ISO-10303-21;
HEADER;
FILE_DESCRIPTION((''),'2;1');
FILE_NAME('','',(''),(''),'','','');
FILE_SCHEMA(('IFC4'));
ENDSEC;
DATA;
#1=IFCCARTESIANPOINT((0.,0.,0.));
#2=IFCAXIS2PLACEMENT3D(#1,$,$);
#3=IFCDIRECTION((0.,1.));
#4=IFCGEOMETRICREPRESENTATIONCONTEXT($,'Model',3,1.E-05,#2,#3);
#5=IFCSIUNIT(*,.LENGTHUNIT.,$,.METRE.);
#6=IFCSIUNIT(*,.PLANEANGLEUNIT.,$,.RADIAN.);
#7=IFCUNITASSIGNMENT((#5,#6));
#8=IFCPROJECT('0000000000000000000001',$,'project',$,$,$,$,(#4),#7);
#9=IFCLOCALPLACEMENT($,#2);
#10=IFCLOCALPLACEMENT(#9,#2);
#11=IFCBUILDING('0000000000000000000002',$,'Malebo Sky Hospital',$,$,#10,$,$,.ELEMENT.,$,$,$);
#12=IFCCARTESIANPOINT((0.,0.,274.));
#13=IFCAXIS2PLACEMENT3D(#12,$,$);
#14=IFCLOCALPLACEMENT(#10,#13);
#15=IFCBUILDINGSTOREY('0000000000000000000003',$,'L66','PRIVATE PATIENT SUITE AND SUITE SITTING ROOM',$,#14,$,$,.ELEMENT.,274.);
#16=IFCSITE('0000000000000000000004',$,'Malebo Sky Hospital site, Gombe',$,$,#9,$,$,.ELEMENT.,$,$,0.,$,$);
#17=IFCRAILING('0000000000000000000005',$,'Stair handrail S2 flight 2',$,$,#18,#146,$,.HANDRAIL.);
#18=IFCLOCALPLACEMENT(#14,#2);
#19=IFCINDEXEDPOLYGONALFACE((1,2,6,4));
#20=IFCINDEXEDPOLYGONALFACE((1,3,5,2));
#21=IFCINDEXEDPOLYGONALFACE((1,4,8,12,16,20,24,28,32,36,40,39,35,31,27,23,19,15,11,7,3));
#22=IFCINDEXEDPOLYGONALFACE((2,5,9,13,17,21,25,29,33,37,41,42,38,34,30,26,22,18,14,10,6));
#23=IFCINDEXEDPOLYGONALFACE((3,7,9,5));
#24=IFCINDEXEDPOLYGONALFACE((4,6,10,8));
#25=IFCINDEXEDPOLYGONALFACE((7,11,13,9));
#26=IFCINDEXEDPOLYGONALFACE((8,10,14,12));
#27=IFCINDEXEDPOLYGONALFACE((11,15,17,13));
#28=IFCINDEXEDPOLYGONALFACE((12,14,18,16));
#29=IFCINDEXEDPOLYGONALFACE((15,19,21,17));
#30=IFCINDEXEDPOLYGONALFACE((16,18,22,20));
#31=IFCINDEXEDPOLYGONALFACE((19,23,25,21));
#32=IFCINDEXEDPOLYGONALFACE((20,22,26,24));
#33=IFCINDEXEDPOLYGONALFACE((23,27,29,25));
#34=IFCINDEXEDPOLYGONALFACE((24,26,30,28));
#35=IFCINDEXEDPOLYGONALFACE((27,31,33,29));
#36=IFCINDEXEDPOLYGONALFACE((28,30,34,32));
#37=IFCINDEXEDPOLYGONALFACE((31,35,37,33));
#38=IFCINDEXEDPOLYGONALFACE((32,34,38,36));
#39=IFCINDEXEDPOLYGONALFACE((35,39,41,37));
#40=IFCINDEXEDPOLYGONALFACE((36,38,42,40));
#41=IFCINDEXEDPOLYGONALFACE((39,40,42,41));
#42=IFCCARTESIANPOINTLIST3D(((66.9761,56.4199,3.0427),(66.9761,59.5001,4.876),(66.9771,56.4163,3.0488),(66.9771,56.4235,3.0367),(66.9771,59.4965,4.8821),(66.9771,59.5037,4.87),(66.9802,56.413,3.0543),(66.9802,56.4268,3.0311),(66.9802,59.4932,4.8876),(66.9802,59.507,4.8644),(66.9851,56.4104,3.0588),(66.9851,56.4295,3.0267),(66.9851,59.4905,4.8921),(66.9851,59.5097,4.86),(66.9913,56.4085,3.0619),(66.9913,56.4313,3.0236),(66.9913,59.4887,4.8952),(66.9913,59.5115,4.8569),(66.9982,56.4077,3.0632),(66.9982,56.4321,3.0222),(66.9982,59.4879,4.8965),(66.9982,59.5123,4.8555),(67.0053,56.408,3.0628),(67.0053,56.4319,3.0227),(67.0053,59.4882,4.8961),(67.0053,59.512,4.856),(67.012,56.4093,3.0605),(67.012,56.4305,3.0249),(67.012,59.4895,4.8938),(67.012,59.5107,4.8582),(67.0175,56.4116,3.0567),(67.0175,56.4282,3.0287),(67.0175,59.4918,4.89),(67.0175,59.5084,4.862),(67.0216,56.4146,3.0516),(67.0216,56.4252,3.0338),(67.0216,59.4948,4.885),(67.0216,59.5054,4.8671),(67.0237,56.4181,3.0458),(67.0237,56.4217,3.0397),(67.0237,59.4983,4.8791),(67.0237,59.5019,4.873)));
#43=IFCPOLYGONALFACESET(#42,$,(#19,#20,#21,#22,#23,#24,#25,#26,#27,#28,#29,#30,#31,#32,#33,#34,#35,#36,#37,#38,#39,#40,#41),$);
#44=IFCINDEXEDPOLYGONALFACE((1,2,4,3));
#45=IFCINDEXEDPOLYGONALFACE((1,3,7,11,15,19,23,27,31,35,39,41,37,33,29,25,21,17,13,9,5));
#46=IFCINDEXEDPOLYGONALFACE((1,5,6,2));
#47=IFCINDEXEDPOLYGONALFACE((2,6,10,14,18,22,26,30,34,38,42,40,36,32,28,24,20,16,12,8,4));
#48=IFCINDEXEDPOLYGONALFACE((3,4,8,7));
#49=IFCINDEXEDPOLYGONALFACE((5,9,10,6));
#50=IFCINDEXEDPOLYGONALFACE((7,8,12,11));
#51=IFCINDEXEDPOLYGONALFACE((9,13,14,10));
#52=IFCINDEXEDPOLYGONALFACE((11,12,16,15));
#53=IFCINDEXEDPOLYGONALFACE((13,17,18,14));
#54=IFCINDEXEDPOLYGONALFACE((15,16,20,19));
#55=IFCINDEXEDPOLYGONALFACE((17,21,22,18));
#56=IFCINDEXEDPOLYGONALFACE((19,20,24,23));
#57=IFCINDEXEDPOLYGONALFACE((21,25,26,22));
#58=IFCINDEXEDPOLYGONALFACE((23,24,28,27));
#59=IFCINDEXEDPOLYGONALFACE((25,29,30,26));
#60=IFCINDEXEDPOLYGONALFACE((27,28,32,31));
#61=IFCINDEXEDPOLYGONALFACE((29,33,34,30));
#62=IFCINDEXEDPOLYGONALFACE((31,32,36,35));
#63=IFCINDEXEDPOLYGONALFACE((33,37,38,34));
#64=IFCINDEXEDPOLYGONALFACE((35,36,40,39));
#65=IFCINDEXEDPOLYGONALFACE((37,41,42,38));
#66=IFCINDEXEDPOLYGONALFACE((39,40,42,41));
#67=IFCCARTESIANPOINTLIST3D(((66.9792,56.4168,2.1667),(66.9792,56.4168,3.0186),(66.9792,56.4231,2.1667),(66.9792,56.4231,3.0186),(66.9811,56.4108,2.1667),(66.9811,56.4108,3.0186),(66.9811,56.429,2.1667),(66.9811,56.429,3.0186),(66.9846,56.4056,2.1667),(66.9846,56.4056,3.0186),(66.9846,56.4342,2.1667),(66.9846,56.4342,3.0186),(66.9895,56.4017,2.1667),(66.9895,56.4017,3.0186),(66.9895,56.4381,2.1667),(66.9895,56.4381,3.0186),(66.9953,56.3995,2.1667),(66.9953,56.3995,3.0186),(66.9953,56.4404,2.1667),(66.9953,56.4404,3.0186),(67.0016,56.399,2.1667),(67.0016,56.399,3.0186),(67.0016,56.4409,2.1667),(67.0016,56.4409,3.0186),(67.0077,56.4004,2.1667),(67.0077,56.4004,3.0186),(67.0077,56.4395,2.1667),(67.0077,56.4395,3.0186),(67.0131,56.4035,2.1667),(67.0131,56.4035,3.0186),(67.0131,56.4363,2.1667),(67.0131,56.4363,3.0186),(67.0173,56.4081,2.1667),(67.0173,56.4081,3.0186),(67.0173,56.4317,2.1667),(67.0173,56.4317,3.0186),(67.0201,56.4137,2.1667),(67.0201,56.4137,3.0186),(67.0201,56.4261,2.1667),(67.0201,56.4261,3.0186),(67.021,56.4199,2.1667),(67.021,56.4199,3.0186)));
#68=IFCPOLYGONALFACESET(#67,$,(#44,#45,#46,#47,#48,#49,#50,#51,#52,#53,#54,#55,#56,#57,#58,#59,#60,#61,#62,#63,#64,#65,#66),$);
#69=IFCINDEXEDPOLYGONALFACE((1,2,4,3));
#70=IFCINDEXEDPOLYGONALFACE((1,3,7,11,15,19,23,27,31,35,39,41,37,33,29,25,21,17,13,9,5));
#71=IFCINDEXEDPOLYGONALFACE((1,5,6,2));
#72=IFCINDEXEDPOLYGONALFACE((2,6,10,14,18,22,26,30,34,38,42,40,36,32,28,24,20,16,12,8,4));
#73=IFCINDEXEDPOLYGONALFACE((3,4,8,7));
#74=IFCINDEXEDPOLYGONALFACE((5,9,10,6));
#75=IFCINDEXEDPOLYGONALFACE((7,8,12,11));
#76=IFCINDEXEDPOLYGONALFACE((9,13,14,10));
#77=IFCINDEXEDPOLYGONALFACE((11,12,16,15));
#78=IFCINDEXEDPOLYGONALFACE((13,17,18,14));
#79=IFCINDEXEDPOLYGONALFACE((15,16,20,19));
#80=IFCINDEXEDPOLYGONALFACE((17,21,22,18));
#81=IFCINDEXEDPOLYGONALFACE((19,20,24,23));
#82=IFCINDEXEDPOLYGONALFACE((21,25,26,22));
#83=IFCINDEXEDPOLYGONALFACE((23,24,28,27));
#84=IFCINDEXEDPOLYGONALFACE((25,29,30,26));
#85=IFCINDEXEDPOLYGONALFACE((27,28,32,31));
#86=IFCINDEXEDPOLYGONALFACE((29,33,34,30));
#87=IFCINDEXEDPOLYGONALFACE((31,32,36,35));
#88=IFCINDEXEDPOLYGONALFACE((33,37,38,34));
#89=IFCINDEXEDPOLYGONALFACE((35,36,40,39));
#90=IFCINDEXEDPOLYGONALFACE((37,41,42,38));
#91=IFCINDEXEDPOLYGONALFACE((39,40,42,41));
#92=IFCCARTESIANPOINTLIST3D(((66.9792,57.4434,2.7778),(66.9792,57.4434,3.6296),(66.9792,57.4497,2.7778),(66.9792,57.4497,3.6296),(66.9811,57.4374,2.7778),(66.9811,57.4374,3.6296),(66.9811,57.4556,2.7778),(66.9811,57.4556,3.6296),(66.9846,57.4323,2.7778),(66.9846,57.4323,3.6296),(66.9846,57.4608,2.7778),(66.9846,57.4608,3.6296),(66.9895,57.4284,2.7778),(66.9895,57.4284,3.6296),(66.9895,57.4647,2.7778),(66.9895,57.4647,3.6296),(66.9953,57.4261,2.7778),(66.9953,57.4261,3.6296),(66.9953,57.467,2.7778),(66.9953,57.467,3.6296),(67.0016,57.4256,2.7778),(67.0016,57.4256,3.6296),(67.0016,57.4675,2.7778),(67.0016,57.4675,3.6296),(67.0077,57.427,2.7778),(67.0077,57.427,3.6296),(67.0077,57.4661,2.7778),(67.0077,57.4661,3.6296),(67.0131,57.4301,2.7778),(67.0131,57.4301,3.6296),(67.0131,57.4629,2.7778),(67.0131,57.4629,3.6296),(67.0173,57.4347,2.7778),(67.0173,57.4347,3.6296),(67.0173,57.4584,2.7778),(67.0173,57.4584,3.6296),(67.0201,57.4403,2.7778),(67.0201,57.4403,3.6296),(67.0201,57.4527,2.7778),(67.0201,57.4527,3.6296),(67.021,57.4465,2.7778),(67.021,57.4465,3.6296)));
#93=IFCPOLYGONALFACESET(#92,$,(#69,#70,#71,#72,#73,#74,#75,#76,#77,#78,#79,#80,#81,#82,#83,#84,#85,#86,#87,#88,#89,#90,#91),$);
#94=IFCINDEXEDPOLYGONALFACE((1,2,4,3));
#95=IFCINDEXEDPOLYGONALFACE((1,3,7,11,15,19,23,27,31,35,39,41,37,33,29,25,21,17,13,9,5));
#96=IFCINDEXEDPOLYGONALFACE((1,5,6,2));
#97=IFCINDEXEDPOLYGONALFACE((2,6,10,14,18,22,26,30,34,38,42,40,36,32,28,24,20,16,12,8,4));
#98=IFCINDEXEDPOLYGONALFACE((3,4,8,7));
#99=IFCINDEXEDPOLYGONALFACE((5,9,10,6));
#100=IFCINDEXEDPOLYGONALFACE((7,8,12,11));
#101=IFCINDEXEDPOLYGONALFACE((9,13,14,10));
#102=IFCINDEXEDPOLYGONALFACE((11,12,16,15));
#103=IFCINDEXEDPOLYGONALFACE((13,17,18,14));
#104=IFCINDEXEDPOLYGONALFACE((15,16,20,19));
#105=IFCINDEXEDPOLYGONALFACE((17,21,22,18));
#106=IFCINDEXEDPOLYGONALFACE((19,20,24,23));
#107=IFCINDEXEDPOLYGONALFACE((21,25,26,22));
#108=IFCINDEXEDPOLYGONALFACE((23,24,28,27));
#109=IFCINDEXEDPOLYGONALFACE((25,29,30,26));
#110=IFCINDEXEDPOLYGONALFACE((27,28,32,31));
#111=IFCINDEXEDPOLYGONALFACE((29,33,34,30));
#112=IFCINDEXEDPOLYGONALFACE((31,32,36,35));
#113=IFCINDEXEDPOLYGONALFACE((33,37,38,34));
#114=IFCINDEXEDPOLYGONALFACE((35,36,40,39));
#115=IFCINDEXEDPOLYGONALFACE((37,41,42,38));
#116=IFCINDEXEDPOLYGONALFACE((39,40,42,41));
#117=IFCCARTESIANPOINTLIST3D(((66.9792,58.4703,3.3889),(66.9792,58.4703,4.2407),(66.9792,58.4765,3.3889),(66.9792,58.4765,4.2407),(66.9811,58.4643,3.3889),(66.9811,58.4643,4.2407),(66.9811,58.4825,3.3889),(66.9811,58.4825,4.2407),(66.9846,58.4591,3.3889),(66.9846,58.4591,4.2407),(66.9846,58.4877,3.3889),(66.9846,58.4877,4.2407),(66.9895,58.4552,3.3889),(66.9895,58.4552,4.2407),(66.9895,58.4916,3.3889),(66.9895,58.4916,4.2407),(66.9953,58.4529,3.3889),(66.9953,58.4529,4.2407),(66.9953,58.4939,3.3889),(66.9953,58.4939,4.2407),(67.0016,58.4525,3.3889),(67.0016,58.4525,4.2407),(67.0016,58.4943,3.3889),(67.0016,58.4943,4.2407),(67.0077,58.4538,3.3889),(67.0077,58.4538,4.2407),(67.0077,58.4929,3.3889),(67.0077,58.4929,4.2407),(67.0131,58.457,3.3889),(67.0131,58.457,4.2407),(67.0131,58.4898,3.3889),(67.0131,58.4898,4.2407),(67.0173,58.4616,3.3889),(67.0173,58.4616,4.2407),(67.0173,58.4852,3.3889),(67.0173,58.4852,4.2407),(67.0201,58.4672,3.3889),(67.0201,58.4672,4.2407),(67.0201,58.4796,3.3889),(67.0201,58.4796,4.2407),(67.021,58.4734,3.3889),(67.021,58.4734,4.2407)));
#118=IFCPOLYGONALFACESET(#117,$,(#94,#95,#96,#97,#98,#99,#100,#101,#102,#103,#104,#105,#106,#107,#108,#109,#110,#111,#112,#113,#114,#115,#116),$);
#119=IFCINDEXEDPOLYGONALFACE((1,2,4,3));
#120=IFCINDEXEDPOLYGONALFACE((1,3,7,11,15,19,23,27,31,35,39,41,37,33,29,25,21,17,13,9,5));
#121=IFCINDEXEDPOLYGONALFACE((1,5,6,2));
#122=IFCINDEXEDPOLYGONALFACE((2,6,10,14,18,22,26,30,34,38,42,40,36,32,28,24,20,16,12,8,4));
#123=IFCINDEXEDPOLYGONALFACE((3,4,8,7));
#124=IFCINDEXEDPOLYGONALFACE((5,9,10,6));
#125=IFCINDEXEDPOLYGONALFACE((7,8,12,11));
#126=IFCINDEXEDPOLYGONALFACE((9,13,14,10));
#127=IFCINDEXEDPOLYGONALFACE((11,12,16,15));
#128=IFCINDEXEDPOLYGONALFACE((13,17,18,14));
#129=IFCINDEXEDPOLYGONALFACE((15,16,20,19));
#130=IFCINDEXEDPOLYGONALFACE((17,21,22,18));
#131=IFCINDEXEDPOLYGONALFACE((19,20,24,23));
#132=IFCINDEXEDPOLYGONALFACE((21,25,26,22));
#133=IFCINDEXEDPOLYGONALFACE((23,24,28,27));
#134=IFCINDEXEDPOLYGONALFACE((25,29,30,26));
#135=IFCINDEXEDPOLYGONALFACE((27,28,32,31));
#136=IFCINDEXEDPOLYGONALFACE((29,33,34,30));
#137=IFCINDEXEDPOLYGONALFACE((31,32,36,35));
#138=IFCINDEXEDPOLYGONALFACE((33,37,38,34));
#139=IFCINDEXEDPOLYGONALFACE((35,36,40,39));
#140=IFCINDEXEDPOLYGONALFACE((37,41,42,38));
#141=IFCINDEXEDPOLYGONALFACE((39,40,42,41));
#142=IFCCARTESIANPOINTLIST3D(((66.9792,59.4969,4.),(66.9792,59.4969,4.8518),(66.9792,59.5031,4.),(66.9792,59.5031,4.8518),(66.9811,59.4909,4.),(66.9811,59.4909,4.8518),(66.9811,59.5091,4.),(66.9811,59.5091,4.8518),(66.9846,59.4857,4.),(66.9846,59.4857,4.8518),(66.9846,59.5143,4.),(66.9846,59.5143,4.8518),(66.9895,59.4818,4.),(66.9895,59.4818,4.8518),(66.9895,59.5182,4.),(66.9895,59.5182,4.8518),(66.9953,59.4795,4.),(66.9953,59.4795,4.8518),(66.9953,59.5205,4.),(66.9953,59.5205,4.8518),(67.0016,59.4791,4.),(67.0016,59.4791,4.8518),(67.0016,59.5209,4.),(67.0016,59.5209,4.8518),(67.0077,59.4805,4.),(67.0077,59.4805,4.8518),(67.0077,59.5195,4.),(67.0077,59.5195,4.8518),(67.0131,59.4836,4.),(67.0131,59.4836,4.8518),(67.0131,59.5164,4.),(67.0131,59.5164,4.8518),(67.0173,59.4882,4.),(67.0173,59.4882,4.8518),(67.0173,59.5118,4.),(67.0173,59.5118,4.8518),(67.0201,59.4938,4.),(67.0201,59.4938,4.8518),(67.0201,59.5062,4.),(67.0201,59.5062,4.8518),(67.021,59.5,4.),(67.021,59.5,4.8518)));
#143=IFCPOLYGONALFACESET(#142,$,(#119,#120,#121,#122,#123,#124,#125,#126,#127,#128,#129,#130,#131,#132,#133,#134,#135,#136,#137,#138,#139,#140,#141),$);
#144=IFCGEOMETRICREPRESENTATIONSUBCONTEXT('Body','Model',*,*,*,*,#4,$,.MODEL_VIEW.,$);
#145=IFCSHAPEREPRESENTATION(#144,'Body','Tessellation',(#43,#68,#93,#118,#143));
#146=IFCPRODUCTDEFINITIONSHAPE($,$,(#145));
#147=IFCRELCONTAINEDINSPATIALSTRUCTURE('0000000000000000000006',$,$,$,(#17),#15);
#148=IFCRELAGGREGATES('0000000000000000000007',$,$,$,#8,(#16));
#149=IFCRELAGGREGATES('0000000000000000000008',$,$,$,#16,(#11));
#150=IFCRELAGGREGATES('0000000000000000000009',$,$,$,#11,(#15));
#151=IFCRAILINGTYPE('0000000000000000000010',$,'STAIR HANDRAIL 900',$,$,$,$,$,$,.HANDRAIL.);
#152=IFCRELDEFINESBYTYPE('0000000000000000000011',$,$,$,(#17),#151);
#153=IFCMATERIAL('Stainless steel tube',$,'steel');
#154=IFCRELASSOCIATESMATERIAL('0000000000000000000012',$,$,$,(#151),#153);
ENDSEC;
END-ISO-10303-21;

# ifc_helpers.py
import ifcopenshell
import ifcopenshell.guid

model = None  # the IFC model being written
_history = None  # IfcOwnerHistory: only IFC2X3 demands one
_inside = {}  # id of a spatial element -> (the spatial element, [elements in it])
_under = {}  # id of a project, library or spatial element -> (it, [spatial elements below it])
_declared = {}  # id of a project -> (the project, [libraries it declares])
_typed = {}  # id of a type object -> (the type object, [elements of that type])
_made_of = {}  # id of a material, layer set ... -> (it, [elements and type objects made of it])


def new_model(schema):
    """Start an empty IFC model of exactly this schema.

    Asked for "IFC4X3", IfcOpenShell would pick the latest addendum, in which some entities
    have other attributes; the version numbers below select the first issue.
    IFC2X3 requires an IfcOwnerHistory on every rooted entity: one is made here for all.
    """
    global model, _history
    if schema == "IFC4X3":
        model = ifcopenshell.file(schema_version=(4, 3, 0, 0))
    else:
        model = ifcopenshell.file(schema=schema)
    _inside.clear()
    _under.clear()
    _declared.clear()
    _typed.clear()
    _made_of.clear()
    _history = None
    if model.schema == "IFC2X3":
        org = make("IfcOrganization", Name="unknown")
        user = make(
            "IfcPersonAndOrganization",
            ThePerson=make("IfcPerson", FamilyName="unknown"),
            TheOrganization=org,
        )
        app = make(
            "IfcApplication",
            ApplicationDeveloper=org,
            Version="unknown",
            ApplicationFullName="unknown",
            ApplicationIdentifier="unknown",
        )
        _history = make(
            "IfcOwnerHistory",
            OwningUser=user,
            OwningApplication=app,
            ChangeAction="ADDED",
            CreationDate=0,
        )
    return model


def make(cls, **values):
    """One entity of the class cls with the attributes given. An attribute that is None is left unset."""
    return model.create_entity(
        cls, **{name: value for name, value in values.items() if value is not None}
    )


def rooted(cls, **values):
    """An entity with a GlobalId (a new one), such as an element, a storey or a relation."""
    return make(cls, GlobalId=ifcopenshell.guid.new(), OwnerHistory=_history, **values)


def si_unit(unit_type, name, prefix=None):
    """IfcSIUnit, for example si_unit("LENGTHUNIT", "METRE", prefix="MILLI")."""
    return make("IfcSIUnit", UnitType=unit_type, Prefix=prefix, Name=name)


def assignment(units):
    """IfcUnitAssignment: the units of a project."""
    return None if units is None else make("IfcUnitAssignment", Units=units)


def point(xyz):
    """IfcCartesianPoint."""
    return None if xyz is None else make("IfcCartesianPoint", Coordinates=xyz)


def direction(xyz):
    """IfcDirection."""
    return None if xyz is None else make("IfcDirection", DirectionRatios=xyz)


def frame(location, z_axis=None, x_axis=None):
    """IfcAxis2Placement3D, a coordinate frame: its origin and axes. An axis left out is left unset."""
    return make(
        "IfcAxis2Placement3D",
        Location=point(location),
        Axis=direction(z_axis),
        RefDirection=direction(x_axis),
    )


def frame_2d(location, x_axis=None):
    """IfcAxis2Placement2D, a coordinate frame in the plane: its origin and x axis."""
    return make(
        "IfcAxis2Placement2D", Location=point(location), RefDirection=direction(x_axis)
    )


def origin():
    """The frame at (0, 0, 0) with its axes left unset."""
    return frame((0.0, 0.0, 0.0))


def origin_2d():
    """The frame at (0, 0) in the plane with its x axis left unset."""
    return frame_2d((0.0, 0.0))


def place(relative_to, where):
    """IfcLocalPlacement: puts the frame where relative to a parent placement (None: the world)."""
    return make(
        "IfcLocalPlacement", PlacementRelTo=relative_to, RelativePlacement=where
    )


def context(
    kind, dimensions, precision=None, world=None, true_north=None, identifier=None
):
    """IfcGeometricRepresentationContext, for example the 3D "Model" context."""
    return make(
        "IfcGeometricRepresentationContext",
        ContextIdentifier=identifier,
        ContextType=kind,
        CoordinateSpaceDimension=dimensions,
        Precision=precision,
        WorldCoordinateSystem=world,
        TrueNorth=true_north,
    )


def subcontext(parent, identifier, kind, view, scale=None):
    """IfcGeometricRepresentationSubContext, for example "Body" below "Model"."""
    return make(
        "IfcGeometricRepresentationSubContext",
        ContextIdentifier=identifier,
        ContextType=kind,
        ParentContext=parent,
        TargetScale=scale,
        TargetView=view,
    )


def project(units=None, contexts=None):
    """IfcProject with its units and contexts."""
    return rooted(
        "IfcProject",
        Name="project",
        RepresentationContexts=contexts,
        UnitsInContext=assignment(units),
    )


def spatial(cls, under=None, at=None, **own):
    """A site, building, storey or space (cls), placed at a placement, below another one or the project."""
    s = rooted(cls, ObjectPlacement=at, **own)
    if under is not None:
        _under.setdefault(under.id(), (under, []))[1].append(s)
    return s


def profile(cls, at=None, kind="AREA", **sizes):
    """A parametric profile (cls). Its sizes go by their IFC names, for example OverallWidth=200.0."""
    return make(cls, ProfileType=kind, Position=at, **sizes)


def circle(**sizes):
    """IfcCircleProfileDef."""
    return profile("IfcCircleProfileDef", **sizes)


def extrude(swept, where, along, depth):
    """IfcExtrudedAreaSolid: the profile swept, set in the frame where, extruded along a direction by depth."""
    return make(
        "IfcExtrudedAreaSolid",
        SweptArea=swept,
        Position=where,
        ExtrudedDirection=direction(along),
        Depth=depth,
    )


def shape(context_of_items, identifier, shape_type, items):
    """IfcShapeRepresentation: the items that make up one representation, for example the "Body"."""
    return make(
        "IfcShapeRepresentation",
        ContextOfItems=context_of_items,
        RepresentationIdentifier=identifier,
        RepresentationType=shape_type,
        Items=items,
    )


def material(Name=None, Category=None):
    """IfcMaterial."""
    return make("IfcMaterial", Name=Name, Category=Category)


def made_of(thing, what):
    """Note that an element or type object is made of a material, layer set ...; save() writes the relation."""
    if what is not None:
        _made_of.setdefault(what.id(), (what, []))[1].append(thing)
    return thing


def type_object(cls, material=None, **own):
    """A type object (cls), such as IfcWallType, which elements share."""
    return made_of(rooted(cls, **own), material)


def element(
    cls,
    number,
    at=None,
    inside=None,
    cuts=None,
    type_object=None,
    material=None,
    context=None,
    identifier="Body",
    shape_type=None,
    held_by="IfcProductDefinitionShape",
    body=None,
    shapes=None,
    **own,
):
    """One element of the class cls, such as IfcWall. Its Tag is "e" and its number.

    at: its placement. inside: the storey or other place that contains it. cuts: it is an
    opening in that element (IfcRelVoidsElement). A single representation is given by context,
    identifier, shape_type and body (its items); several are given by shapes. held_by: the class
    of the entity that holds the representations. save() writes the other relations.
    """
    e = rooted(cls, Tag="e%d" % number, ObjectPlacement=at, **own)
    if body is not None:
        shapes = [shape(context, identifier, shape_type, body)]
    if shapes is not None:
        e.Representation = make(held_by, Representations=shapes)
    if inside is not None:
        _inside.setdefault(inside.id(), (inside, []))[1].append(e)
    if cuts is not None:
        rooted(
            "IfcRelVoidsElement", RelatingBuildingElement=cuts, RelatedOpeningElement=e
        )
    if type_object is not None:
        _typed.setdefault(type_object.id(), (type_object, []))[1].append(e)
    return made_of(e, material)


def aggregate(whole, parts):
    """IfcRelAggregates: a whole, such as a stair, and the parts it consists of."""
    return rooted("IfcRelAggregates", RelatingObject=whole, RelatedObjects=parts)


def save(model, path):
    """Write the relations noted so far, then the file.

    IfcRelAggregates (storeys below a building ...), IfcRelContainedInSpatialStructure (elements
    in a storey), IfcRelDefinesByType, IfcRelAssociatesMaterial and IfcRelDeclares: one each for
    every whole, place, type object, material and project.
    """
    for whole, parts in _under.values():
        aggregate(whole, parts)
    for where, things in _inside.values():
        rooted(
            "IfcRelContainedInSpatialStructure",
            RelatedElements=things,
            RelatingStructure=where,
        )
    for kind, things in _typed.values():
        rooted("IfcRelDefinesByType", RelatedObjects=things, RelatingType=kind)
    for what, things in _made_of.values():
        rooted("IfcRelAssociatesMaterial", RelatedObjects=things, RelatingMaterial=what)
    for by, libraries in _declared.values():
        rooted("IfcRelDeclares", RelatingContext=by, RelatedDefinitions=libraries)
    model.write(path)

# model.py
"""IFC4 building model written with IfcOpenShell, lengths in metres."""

from ifc_helpers import new_model, si_unit, direction, frame, origin, origin_2d, place, context, subcontext, project, spatial, circle, extrude, material, type_object, element, save


model = new_model("IFC4")

# Units and contexts
model_context = context("Model", 3, precision=1e-05, world=origin(), true_north=direction((0.0, 1.0)))
body_context = subcontext(model_context, "Body", "Model", "MODEL_VIEW")
ifc_project = project(units=[si_unit("LENGTHUNIT", "METRE"), si_unit("PLANEANGLEUNIT", "RADIAN")], contexts=[model_context])

# Site, building, storey
site_placement = place(None, origin())
site = spatial("IfcSite", under=ifc_project, at=site_placement, Name="Malebo Sky Hospital site, Gombe", CompositionType="ELEMENT", RefElevation=0.0)
building_placement = place(site_placement, origin())
building = spatial("IfcBuilding", under=site, at=building_placement, Name="Malebo Sky Hospital", CompositionType="ELEMENT")
storey_placement = place(building_placement, frame((0.0, 0.0, 274.0)))
storey = spatial("IfcBuildingStorey", under=building, at=storey_placement, Name="L66", Description="PRIVATE PATIENT SUITE AND SUITE SITTING ROOM", CompositionType="ELEMENT", Elevation=274.0)

# Railing
ifc_material_1 = material(Name="Stainless steel tube", Category="steel")
railing_type = type_object("IfcRailingType", Name="STAIR HANDRAIL 900", PredefinedType="HANDRAIL", material=ifc_material_1)
railing_placement = place(storey_placement, frame((67.0, 56.4199, 2.1667)))
element("IfcRailing", 1, at=railing_placement, inside=storey, type_object=railing_type, Name="Stair handrail S2 flight 2", PredefinedType="HANDRAIL", context=body_context, shape_type="SweptSolid", body=[
    extrude(circle(Radius=0.0239, at=origin_2d()), frame((0.0, 0.0, 0.876), z_axis=(0.0, 0.859309, 0.511458), x_axis=(-1.0, 0.0, 0.0)), (0.0, 0.0, 1.0), 3.5845),
    extrude(circle(Radius=0.021, at=origin_2d()), origin(), (0.0, 0.0, 1.0), 0.8518),
    extrude(circle(Radius=0.021, at=origin_2d()), frame((0.0, 1.0266, 0.6111)), (0.0, 0.0, 1.0), 0.8518),
    extrude(circle(Radius=0.021, at=origin_2d()), frame((0.0, 2.0535, 1.2222)), (0.0, 0.0, 1.0), 0.8518),
    extrude(circle(Radius=0.021, at=origin_2d()), frame((0.0, 3.0801, 1.8333)), (0.0, 0.0, 1.0), 0.8518),
])

save(model, "model.ifc")
